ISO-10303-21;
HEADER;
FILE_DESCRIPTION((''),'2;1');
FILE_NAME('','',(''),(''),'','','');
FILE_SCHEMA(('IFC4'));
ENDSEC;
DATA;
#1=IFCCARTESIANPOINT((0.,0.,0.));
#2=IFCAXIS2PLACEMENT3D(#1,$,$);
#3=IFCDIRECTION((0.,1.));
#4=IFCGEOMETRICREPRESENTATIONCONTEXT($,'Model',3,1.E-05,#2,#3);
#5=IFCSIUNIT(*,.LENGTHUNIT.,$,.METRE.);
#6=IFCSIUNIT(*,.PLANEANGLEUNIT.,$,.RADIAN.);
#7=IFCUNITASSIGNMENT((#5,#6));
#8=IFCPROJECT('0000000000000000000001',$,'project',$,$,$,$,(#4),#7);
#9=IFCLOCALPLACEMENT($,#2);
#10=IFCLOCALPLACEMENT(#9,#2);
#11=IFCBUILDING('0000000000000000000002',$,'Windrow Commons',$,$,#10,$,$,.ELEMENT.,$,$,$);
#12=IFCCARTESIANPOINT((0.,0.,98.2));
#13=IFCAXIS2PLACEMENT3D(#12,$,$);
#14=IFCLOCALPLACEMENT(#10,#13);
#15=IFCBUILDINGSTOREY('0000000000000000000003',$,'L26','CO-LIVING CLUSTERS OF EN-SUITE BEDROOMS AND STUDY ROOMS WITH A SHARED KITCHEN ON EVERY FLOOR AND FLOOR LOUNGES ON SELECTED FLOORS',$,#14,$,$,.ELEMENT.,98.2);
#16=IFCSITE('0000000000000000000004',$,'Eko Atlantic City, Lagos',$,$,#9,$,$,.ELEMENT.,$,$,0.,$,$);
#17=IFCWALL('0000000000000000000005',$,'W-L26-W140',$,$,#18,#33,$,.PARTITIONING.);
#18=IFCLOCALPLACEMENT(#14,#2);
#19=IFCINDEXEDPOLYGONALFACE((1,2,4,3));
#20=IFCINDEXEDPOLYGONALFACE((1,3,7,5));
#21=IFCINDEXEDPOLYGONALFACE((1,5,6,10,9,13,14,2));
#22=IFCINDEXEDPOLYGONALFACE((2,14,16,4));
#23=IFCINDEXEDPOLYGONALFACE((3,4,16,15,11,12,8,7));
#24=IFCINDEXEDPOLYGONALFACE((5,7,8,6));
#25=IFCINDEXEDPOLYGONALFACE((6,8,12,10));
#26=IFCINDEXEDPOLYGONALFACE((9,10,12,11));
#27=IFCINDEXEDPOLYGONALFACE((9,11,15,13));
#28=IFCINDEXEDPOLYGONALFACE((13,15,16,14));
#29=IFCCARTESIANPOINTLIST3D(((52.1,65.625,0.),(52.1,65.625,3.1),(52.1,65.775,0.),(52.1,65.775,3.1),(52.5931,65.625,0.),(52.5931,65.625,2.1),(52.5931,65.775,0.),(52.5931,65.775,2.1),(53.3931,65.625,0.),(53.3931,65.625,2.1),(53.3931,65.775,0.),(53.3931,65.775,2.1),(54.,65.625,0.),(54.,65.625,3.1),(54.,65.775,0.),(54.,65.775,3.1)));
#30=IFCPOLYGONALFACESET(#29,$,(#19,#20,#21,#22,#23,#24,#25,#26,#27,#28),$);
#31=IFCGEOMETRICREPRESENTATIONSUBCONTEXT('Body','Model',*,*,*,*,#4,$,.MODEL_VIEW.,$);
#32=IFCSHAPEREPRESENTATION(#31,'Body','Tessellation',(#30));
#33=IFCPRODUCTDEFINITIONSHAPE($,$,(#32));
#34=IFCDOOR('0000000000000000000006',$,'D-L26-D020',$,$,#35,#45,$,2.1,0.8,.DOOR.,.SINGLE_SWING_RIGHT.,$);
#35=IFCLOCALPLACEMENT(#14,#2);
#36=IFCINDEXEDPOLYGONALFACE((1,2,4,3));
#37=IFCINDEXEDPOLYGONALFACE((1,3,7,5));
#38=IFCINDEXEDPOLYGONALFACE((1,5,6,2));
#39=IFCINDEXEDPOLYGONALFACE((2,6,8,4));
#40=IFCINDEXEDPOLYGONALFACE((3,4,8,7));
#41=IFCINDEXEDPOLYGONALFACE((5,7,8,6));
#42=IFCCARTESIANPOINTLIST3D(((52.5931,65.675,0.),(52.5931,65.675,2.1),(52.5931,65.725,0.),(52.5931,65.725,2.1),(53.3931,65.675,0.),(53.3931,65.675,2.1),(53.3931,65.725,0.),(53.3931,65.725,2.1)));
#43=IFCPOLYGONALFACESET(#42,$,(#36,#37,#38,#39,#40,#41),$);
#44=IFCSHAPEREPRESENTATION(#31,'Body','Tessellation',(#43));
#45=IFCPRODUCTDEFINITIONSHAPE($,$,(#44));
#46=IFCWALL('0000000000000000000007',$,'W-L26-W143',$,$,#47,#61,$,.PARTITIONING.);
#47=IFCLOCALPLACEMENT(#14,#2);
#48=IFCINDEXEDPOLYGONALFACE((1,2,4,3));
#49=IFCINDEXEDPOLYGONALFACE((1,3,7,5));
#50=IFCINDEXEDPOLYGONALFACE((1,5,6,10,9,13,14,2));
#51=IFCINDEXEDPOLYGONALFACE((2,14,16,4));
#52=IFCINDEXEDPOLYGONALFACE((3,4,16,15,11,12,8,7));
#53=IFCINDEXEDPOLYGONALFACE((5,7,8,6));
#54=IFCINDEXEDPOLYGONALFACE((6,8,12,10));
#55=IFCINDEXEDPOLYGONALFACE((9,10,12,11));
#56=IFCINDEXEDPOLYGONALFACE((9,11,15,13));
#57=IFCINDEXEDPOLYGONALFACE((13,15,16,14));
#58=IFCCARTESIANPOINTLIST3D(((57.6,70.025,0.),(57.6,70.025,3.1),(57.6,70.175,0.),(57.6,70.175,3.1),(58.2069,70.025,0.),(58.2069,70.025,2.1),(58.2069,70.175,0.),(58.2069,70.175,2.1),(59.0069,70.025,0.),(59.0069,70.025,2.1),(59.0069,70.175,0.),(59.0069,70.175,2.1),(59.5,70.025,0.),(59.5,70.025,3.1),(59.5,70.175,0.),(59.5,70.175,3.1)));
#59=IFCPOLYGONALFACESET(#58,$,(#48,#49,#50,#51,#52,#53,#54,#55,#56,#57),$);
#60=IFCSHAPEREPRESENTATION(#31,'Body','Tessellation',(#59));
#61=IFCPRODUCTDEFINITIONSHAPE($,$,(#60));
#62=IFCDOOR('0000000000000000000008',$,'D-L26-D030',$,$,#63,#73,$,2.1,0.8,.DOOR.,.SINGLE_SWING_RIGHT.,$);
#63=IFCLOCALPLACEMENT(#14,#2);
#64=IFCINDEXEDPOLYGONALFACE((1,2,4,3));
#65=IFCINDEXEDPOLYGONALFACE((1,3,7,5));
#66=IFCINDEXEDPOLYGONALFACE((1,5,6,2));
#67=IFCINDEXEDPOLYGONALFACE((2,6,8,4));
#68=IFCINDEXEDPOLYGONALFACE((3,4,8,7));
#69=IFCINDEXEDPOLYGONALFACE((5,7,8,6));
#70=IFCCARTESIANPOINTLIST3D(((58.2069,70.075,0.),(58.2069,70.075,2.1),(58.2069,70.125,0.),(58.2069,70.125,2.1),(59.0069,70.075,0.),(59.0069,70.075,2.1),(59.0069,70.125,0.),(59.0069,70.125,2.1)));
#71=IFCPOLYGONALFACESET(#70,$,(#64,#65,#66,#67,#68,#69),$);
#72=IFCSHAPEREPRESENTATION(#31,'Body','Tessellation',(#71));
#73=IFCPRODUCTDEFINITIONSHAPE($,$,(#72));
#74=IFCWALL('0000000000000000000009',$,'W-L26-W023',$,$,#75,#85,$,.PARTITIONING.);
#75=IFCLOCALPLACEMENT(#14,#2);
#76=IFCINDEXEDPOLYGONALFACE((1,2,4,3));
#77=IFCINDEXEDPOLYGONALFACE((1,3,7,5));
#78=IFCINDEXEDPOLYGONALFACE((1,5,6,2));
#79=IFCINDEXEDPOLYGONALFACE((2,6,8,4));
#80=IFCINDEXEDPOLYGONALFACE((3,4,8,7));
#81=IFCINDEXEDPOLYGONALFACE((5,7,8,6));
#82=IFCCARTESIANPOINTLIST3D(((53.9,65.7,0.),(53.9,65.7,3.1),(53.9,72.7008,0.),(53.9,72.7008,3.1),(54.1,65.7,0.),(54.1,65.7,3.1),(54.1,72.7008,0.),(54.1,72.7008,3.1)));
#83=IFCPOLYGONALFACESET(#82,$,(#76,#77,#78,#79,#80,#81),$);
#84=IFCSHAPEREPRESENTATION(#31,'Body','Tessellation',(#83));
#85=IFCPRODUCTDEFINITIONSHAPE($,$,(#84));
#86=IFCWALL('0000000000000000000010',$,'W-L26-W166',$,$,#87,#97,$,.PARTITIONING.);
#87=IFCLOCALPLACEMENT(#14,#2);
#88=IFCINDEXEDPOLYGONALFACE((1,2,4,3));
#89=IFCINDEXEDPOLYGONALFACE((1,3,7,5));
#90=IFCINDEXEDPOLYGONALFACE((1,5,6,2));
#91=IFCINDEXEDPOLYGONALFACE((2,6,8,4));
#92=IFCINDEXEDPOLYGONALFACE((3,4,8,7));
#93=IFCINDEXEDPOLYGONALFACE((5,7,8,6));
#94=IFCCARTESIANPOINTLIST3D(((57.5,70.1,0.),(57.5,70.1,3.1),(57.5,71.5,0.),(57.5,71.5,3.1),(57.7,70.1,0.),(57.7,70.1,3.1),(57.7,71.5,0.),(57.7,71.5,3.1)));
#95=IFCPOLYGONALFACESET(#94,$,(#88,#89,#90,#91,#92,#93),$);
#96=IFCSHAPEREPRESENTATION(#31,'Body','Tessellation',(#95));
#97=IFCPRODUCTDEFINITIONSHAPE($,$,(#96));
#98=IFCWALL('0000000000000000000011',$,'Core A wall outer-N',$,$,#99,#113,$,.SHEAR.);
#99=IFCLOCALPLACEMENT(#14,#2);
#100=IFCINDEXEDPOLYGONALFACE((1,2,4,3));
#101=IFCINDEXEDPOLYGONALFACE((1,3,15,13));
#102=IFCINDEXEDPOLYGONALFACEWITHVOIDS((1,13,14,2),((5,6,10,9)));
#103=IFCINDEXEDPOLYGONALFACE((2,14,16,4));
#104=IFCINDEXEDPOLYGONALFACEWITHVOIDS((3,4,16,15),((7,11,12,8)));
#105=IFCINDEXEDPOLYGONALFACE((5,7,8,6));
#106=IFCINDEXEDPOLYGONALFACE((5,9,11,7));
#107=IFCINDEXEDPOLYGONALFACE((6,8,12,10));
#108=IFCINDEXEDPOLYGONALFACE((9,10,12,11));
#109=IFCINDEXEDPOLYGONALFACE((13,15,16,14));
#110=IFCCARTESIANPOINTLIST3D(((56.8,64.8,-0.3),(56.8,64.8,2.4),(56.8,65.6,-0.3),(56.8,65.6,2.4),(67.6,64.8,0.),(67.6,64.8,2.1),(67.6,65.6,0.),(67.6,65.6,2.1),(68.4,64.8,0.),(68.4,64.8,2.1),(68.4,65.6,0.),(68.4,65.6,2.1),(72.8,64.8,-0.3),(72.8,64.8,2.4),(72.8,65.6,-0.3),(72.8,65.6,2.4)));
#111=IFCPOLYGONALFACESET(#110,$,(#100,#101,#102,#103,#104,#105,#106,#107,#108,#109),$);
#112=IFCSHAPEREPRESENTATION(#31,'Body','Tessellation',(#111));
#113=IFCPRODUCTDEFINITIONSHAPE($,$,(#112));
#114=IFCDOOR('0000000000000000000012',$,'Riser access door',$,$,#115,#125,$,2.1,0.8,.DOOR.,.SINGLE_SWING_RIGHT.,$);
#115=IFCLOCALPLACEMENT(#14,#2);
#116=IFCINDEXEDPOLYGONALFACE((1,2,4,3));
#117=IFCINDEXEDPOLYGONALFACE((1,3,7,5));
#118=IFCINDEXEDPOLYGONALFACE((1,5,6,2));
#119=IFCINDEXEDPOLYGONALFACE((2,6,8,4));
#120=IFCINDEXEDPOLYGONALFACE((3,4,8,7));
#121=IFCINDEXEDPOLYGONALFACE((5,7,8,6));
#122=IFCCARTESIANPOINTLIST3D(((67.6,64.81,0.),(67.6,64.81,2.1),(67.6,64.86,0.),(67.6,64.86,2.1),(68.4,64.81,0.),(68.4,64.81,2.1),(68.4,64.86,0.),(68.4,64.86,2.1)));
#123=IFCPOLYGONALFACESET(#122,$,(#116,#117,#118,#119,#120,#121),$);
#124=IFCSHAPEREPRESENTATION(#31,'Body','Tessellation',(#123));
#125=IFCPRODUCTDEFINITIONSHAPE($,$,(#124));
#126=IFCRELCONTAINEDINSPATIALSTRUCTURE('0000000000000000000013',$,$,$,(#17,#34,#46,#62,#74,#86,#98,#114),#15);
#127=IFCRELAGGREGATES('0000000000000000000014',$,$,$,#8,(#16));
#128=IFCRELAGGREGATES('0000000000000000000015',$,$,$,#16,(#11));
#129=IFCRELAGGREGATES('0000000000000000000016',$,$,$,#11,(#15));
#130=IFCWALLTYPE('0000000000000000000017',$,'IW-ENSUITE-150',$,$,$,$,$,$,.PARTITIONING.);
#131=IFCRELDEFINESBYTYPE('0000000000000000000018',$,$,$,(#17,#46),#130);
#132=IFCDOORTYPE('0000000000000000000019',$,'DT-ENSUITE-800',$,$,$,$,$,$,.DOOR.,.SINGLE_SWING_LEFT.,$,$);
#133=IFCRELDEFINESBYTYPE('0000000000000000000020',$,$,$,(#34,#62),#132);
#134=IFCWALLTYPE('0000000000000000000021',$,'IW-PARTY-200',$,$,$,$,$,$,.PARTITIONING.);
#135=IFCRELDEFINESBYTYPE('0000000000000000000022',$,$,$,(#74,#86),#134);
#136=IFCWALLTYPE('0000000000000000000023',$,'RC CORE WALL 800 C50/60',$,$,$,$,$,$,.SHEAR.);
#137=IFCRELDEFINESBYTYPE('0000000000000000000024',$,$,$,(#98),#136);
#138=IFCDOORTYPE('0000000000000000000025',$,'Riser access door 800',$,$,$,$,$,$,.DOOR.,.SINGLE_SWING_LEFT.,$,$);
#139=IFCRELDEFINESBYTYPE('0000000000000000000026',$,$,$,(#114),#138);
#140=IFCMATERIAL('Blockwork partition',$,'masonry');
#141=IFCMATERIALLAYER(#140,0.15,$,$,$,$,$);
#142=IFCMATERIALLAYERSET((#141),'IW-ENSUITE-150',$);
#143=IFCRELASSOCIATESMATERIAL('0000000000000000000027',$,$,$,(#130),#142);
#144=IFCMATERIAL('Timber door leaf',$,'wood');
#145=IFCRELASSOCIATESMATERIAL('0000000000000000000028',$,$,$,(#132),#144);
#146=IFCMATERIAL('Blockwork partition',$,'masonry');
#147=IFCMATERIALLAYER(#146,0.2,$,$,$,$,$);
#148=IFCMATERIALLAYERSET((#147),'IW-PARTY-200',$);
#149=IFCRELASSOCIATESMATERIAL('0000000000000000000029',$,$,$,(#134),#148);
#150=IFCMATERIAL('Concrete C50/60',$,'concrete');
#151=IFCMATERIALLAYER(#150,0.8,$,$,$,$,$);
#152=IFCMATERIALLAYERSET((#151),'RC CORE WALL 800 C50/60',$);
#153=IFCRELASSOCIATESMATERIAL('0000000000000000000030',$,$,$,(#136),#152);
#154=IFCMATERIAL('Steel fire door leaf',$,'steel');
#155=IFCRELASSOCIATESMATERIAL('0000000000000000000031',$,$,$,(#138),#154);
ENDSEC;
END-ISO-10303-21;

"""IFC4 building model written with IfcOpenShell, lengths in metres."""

from ifc_helpers import new_model, si_unit, direction, frame, frame_2d, origin, place, context, subcontext, project, spatial, rectangle, extrude, material, layer, layer_set, type_object, element, fill, save


model = new_model("IFC4")

# Units and contexts
model_context = context("Model", 3, precision=1e-05, world=origin(), true_north=direction((0.0, 1.0)))
body_context = subcontext(model_context, "Body", "Model", "MODEL_VIEW")
ifc_project = project(units=[si_unit("LENGTHUNIT", "METRE"), si_unit("PLANEANGLEUNIT", "RADIAN")], contexts=[model_context])

# Site, building, storey
site_placement = place(None, origin())
site = spatial("IfcSite", under=ifc_project, at=site_placement, Name="Eko Atlantic City, Lagos", CompositionType="ELEMENT", RefElevation=0.0)
building_placement = place(site_placement, origin())
building = spatial("IfcBuilding", under=site, at=building_placement, Name="Windrow Commons", CompositionType="ELEMENT")
storey_placement = place(building_placement, frame((0.0, 0.0, 98.2)))
storey = spatial("IfcBuildingStorey", under=building, at=storey_placement, Name="L26", Description="CO-LIVING CLUSTERS OF EN-SUITE BEDROOMS AND STUDY ROOMS WITH A SHARED KITCHEN ON EVERY FLOOR AND FLOOR LOUNGES ON SELECTED FLOORS", CompositionType="ELEMENT", Elevation=98.2)

# Shared definitions
ifc_material_1 = material(Name="Blockwork partition", Category="masonry")
ifc_layer_1 = layer(ifc_material_1, 0.15)
ifc_layer_set_1 = layer_set([ifc_layer_1], Name="IW-ENSUITE-150")
wall_type_1 = type_object("IfcWallType", Name="IW-ENSUITE-150", PredefinedType="PARTITIONING", material=ifc_layer_set_1)

# Walls, openings, doors
wall_1_placement = place(storey_placement, frame((52.1, 65.7, 0.0), z_axis=(0.0, 0.0, 1.0), x_axis=(1.0, 0.0, 0.0)))
wall_1 = element("IfcWall", 1, at=wall_1_placement, inside=storey, type_object=wall_type_1, Name="W-L26-W140", PredefinedType="PARTITIONING", context=body_context, shape_type="SweptSolid", body=[
    extrude(rectangle(XDim=1.9, YDim=0.15, at=frame_2d((0.95, 0.0))), origin(), (0.0, 0.0, 1.0), 3.1),
])
opening_1_placement = place(wall_1_placement, frame((0.4931, 0.0, 0.0)))
opening_1 = element("IfcOpeningElement", 2, at=opening_1_placement, cuts=wall_1, PredefinedType="OPENING", context=body_context, shape_type="SweptSolid", body=[
    extrude(rectangle(XDim=0.8, YDim=2.1, at=frame_2d((0.4, 1.05))), frame((0.0, 0.085, 0.0), z_axis=(0.0, -1.0, 0.0), x_axis=(1.0, 0.0, 0.0)), (0.0, 0.0, 1.0), 0.17),
])
ifc_material_2 = material(Name="Timber door leaf", Category="wood")
door_type_1 = type_object("IfcDoorType", Name="DT-ENSUITE-800", OperationType="SINGLE_SWING_LEFT", PredefinedType="DOOR", material=ifc_material_2)
door_1_placement = place(opening_1_placement, origin())
door_1 = element("IfcDoor", 3, at=door_1_placement, inside=storey, type_object=door_type_1, Name="D-L26-D020", OperationType="SINGLE_SWING_RIGHT", OverallHeight=2.1, OverallWidth=0.8, PredefinedType="DOOR", context=body_context, shape_type="SweptSolid", body=[
    extrude(rectangle(XDim=0.8, YDim=2.1, at=frame_2d((0.4, 1.05))), frame((0.0, 0.025, 0.0), z_axis=(0.0, -1.0, 0.0), x_axis=(1.0, 0.0, 0.0)), (0.0, 0.0, 1.0), 0.05),
])
fill(opening_1, door_1)
wall_2_placement = place(storey_placement, frame((57.6, 70.1, 0.0), z_axis=(0.0, 0.0, 1.0), x_axis=(1.0, 0.0, 0.0)))
wall_2 = element("IfcWall", 4, at=wall_2_placement, inside=storey, type_object=wall_type_1, Name="W-L26-W143", PredefinedType="PARTITIONING", context=body_context, shape_type="SweptSolid", body=[
    extrude(rectangle(XDim=1.9, YDim=0.15, at=frame_2d((0.95, 0.0))), origin(), (0.0, 0.0, 1.0), 3.1),
])
opening_2_placement = place(wall_2_placement, frame((0.6069, 0.0, 0.0)))
opening_2 = element("IfcOpeningElement", 5, at=opening_2_placement, cuts=wall_2, PredefinedType="OPENING", context=body_context, shape_type="SweptSolid", body=[
    extrude(rectangle(XDim=0.8, YDim=2.1, at=frame_2d((0.4, 1.05))), frame((0.0, 0.085, 0.0), z_axis=(0.0, -1.0, 0.0), x_axis=(1.0, 0.0, 0.0)), (0.0, 0.0, 1.0), 0.17),
])
door_2_placement = place(opening_2_placement, origin())
door_2 = element("IfcDoor", 6, at=door_2_placement, inside=storey, type_object=door_type_1, Name="D-L26-D030", OperationType="SINGLE_SWING_RIGHT", OverallHeight=2.1, OverallWidth=0.8, PredefinedType="DOOR", context=body_context, shape_type="SweptSolid", body=[
    extrude(rectangle(XDim=0.8, YDim=2.1, at=frame_2d((0.4, 1.05))), frame((0.0, 0.025, 0.0), z_axis=(0.0, -1.0, 0.0), x_axis=(1.0, 0.0, 0.0)), (0.0, 0.0, 1.0), 0.05),
])
fill(opening_2, door_2)

# Walls
ifc_material_3 = material(Name="Blockwork partition", Category="masonry")
ifc_layer_2 = layer(ifc_material_3, 0.2)
ifc_layer_set_2 = layer_set([ifc_layer_2], Name="IW-PARTY-200")
wall_type_2 = type_object("IfcWallType", Name="IW-PARTY-200", PredefinedType="PARTITIONING", material=ifc_layer_set_2)
wall_3_placement = place(storey_placement, frame((54.0, 65.7, 0.0), z_axis=(0.0, 0.0, 1.0), x_axis=(0.0, 1.0, 0.0)))
element("IfcWall", 7, at=wall_3_placement, inside=storey, type_object=wall_type_2, Name="W-L26-W023", PredefinedType="PARTITIONING", context=body_context, shape_type="SweptSolid", body=[
    extrude(rectangle(XDim=7.0008, YDim=0.2, at=frame_2d((3.5004, 0.0))), origin(), (0.0, 0.0, 1.0), 3.1),
])
wall_4_placement = place(storey_placement, frame((57.6, 70.1, 0.0), z_axis=(0.0, 0.0, 1.0), x_axis=(0.0, 1.0, 0.0)))
element("IfcWall", 8, at=wall_4_placement, inside=storey, type_object=wall_type_2, Name="W-L26-W166", PredefinedType="PARTITIONING", context=body_context, shape_type="SweptSolid", body=[
    extrude(rectangle(XDim=1.4, YDim=0.2, at=frame_2d((0.7, 0.0))), origin(), (0.0, 0.0, 1.0), 3.1),
])

# Wall, opening, door
ifc_material_4 = material(Name="Concrete C50/60", Category="concrete")
ifc_layer_3 = layer(ifc_material_4, 0.8)
ifc_layer_set_3 = layer_set([ifc_layer_3], Name="RC CORE WALL 800 C50/60")
wall_type_3 = type_object("IfcWallType", Name="RC CORE WALL 800 C50/60", PredefinedType="SHEAR", material=ifc_layer_set_3)
wall_5_placement = place(storey_placement, frame((56.8, 65.2, -0.3), z_axis=(0.0, 0.0, 1.0), x_axis=(1.0, 0.0, 0.0)))
wall_5 = element("IfcWall", 9, at=wall_5_placement, inside=storey, type_object=wall_type_3, Name="Core A wall outer-N", PredefinedType="SHEAR", context=body_context, shape_type="SweptSolid", body=[
    extrude(rectangle(XDim=16.0, YDim=0.8, at=frame_2d((8.0, 0.0))), origin(), (0.0, 0.0, 1.0), 2.7),
])
opening_3_placement = place(wall_5_placement, frame((10.8, 0.0, 0.3)))
opening_3 = element("IfcOpeningElement", 10, at=opening_3_placement, cuts=wall_5, PredefinedType="OPENING", context=body_context, shape_type="SweptSolid", body=[
    extrude(rectangle(XDim=0.8, YDim=2.1, at=frame_2d((0.4, 1.05))), frame((0.0, 0.41, 0.0), z_axis=(0.0, -1.0, 0.0), x_axis=(1.0, 0.0, 0.0)), (0.0, 0.0, 1.0), 0.82),
])
ifc_material_5 = material(Name="Steel fire door leaf", Category="steel")
door_type_2 = type_object("IfcDoorType", Name="Riser access door 800", OperationType="SINGLE_SWING_LEFT", PredefinedType="DOOR", material=ifc_material_5)
door_3_placement = place(opening_3_placement, origin())
door_3 = element("IfcDoor", 11, at=door_3_placement, inside=storey, type_object=door_type_2, Name="Riser access door", OperationType="SINGLE_SWING_RIGHT", OverallHeight=2.1, OverallWidth=0.8, PredefinedType="DOOR", context=body_context, shape_type="SweptSolid", body=[
    extrude(rectangle(XDim=0.8, YDim=2.1, at=frame_2d((0.4, 1.05))), frame((0.0, -0.34, 0.0), z_axis=(0.0, -1.0, 0.0), x_axis=(1.0, 0.0, 0.0)), (0.0, 0.0, 1.0), 0.05),
])
fill(opening_3, door_3)

save(model, "model.ifc")
